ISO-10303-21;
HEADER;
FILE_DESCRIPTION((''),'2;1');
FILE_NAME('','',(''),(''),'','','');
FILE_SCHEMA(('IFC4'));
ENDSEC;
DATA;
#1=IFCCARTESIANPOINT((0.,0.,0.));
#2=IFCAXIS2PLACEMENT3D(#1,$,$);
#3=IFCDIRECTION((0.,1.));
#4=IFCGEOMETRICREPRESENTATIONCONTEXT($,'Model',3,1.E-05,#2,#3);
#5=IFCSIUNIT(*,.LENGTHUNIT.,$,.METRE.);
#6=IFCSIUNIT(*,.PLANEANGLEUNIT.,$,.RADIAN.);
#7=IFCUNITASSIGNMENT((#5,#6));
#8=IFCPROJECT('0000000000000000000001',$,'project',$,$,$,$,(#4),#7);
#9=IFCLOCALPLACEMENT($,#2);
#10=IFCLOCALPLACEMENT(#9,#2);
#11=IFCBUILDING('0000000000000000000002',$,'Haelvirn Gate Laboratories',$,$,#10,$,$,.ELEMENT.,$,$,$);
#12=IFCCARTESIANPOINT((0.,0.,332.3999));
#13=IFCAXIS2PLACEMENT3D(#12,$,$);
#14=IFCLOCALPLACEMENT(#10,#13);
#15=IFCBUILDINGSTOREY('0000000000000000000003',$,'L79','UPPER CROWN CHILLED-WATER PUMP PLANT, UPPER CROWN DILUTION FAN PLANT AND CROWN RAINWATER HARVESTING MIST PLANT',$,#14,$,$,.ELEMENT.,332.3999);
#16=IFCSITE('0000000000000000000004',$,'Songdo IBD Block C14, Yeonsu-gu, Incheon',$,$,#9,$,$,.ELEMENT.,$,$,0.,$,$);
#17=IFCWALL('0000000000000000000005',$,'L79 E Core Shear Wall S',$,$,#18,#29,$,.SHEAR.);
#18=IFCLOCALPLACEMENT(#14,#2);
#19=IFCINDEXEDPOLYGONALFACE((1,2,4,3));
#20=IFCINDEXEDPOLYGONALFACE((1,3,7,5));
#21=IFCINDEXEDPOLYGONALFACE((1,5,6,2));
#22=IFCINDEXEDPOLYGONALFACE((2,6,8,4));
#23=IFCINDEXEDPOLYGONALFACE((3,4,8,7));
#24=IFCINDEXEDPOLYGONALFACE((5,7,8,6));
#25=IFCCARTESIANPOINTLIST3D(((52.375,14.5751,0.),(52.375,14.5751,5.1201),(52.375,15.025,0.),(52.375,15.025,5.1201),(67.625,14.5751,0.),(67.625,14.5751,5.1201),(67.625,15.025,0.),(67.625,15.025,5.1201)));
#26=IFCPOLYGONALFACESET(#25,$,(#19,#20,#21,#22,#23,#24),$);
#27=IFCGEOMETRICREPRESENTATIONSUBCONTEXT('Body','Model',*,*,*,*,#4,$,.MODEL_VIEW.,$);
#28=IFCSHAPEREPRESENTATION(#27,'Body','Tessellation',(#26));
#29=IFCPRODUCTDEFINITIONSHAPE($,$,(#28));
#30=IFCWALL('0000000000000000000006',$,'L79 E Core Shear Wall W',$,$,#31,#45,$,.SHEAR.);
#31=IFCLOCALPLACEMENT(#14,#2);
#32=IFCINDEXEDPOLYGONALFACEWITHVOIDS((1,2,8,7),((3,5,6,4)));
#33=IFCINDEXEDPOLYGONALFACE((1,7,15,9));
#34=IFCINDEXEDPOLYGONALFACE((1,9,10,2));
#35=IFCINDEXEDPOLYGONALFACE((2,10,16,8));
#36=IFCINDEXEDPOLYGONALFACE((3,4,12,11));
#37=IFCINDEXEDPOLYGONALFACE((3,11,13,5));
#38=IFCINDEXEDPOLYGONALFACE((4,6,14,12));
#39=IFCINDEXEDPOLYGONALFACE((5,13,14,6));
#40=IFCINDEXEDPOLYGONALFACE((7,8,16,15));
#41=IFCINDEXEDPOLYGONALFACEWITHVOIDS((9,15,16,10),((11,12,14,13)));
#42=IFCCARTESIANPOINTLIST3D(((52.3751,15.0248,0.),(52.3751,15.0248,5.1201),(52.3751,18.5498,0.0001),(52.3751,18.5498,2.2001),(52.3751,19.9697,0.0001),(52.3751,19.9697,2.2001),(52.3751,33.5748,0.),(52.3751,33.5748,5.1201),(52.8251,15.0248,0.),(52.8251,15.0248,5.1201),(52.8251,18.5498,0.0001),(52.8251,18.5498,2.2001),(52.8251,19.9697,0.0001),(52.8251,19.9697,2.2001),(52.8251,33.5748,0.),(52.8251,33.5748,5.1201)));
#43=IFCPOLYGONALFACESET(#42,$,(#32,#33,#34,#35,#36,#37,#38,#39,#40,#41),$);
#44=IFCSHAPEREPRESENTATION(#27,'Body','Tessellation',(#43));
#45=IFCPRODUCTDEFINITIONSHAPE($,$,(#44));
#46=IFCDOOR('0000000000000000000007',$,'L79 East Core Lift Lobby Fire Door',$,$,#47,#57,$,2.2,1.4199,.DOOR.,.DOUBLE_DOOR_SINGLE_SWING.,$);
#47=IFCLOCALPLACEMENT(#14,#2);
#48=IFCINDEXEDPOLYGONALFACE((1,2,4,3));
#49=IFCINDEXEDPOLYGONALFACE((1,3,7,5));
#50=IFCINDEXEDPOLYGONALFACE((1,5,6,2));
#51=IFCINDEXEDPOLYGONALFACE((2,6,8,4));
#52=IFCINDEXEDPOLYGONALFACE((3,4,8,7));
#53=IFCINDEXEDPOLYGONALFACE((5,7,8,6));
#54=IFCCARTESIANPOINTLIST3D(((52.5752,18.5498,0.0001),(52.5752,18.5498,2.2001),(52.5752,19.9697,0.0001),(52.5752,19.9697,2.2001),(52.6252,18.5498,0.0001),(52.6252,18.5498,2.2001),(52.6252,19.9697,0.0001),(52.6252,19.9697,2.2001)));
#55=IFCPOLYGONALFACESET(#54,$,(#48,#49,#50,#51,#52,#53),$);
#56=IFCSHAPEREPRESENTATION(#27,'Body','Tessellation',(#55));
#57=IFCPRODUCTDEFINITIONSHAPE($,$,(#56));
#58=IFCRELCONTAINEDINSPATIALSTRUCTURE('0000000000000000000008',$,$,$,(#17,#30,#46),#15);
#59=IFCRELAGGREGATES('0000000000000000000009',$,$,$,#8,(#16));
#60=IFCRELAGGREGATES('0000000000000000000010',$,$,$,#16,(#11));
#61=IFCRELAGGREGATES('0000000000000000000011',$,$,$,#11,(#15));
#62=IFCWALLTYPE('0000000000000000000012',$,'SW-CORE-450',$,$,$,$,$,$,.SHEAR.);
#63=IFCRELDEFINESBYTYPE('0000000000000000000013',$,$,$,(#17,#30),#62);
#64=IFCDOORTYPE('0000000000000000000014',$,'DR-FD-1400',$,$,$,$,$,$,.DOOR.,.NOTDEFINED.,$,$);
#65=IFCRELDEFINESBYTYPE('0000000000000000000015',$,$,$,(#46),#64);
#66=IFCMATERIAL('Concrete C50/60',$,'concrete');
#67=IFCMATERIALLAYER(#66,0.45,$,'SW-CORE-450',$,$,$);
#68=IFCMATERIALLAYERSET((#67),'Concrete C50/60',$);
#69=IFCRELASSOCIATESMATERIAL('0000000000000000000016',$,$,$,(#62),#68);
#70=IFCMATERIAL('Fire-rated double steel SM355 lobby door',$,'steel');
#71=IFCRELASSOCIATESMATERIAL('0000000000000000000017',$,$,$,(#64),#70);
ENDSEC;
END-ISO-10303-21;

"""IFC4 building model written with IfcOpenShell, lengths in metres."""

from ifc_helpers import new_model, si_unit, direction, frame, frame_2d, origin, place, context, subcontext, project, spatial, rectangle, extrude, source, transform, mapped, material, layer, layer_set, type_object, type_shapes, element, fill, save


model = new_model("IFC4")

# Units and contexts
model_context = context("Model", 3, precision=1e-05, world=origin(), true_north=direction((0.0, 1.0)))
body_context = subcontext(model_context, "Body", "Model", "MODEL_VIEW")
ifc_project = project(units=[si_unit("LENGTHUNIT", "METRE"), si_unit("PLANEANGLEUNIT", "RADIAN")], contexts=[model_context])

# Site, building, storey
site_placement = place(None, origin())
site = spatial("IfcSite", under=ifc_project, at=site_placement, Name="Songdo IBD Block C14, Yeonsu-gu, Incheon", CompositionType="ELEMENT", RefElevation=0.0)
building_placement = place(site_placement, origin())
building = spatial("IfcBuilding", under=site, at=building_placement, Name="Haelvirn Gate Laboratories", CompositionType="ELEMENT")
storey_placement = place(building_placement, frame((0.0, 0.0, 332.3999)))
storey = spatial("IfcBuildingStorey", under=building, at=storey_placement, Name="L79", Description="UPPER CROWN CHILLED-WATER PUMP PLANT, UPPER CROWN DILUTION FAN PLANT AND CROWN RAINWATER HARVESTING MIST PLANT", CompositionType="ELEMENT", Elevation=332.3999)

# Shared definitions
ifc_material_1 = material(Name="Concrete C50/60", Category="concrete")

# Wall
ifc_layer_1 = layer(ifc_material_1, 0.45, Name="SW-CORE-450")
ifc_layer_set_1 = layer_set([ifc_layer_1], Name="Concrete C50/60")
wall_type_1 = type_object("IfcWallType", Name="SW-CORE-450", PredefinedType="SHEAR", material=ifc_layer_set_1)
wall_1_placement = place(storey_placement, frame((52.375, 14.8, 0.0), z_axis=(0.0, 0.0, 1.0), x_axis=(1.0, 0.0, 0.0)))
element("IfcWall", 1, at=wall_1_placement, inside=storey, type_object=wall_type_1, Name="L79 E Core Shear Wall S", PredefinedType="SHEAR", context=body_context, shape_type="SweptSolid", body=[
    extrude(rectangle(XDim=15.25, YDim=0.45, at=frame_2d((7.625, 0.0))), origin(), (0.0, 0.0, 1.0), 5.1201),
])

# Wall, opening, door
wall_2_placement = place(storey_placement, frame((52.6001, 15.0249, 0.0), z_axis=(0.0, 0.0, 1.0), x_axis=(0.0, 1.0, 0.0)))
wall_2 = element("IfcWall", 2, at=wall_2_placement, inside=storey, type_object=wall_type_1, Name="L79 E Core Shear Wall W", PredefinedType="SHEAR", context=body_context, shape_type="SweptSolid", body=[
    extrude(rectangle(XDim=18.55, YDim=0.45, at=frame_2d((9.2749, 0.0))), origin(), (0.0, 0.0, 1.0), 5.1201),
])
opening_1_placement = place(wall_2_placement, frame((3.5249, 0.0, 0.0)))
opening_1 = element("IfcOpeningElement", 3, at=opening_1_placement, cuts=wall_2, PredefinedType="OPENING", context=body_context, shape_type="SweptSolid", body=[
    extrude(rectangle(XDim=1.4199, YDim=2.2, at=frame_2d((0.71, 1.1001))), frame((0.0, 0.2349, 0.0), z_axis=(0.0, -1.0, 0.0), x_axis=(1.0, 0.0, 0.0)), (0.0, 0.0, 1.0), 0.47),
])
ifc_material_2 = material(Name="Fire-rated double steel SM355 lobby door", Category="steel")
door_type_1 = type_object("IfcDoorType", Name="DR-FD-1400", OperationType="NOTDEFINED", PredefinedType="DOOR", material=ifc_material_2)
shared_shape_1 = source(origin(), body_context, "Body", "SweptSolid", [
    extrude(rectangle(XDim=1.4199, YDim=2.2, at=frame_2d((0.71, 1.1001))), frame((0.0, 0.0249, 0.0), z_axis=(0.0, -1.0, 0.0), x_axis=(1.0, 0.0, 0.0)), (0.0, 0.0, 1.0), 0.05),
])
type_shapes(door_type_1, [shared_shape_1])
door_1_placement = place(opening_1_placement, origin())
door_1 = element("IfcDoor", 4, at=door_1_placement, inside=storey, type_object=door_type_1, Name="L79 East Core Lift Lobby Fire Door", OperationType="DOUBLE_DOOR_SINGLE_SWING", OverallHeight=2.2, OverallWidth=1.4199, PredefinedType="DOOR", context=body_context, shape_type="MappedRepresentation", body=[
    mapped(shared_shape_1, transform((0.0, 0.0, 0.0), scale=1.0)),
])
fill(opening_1, door_1)

save(model, "model.ifc")
